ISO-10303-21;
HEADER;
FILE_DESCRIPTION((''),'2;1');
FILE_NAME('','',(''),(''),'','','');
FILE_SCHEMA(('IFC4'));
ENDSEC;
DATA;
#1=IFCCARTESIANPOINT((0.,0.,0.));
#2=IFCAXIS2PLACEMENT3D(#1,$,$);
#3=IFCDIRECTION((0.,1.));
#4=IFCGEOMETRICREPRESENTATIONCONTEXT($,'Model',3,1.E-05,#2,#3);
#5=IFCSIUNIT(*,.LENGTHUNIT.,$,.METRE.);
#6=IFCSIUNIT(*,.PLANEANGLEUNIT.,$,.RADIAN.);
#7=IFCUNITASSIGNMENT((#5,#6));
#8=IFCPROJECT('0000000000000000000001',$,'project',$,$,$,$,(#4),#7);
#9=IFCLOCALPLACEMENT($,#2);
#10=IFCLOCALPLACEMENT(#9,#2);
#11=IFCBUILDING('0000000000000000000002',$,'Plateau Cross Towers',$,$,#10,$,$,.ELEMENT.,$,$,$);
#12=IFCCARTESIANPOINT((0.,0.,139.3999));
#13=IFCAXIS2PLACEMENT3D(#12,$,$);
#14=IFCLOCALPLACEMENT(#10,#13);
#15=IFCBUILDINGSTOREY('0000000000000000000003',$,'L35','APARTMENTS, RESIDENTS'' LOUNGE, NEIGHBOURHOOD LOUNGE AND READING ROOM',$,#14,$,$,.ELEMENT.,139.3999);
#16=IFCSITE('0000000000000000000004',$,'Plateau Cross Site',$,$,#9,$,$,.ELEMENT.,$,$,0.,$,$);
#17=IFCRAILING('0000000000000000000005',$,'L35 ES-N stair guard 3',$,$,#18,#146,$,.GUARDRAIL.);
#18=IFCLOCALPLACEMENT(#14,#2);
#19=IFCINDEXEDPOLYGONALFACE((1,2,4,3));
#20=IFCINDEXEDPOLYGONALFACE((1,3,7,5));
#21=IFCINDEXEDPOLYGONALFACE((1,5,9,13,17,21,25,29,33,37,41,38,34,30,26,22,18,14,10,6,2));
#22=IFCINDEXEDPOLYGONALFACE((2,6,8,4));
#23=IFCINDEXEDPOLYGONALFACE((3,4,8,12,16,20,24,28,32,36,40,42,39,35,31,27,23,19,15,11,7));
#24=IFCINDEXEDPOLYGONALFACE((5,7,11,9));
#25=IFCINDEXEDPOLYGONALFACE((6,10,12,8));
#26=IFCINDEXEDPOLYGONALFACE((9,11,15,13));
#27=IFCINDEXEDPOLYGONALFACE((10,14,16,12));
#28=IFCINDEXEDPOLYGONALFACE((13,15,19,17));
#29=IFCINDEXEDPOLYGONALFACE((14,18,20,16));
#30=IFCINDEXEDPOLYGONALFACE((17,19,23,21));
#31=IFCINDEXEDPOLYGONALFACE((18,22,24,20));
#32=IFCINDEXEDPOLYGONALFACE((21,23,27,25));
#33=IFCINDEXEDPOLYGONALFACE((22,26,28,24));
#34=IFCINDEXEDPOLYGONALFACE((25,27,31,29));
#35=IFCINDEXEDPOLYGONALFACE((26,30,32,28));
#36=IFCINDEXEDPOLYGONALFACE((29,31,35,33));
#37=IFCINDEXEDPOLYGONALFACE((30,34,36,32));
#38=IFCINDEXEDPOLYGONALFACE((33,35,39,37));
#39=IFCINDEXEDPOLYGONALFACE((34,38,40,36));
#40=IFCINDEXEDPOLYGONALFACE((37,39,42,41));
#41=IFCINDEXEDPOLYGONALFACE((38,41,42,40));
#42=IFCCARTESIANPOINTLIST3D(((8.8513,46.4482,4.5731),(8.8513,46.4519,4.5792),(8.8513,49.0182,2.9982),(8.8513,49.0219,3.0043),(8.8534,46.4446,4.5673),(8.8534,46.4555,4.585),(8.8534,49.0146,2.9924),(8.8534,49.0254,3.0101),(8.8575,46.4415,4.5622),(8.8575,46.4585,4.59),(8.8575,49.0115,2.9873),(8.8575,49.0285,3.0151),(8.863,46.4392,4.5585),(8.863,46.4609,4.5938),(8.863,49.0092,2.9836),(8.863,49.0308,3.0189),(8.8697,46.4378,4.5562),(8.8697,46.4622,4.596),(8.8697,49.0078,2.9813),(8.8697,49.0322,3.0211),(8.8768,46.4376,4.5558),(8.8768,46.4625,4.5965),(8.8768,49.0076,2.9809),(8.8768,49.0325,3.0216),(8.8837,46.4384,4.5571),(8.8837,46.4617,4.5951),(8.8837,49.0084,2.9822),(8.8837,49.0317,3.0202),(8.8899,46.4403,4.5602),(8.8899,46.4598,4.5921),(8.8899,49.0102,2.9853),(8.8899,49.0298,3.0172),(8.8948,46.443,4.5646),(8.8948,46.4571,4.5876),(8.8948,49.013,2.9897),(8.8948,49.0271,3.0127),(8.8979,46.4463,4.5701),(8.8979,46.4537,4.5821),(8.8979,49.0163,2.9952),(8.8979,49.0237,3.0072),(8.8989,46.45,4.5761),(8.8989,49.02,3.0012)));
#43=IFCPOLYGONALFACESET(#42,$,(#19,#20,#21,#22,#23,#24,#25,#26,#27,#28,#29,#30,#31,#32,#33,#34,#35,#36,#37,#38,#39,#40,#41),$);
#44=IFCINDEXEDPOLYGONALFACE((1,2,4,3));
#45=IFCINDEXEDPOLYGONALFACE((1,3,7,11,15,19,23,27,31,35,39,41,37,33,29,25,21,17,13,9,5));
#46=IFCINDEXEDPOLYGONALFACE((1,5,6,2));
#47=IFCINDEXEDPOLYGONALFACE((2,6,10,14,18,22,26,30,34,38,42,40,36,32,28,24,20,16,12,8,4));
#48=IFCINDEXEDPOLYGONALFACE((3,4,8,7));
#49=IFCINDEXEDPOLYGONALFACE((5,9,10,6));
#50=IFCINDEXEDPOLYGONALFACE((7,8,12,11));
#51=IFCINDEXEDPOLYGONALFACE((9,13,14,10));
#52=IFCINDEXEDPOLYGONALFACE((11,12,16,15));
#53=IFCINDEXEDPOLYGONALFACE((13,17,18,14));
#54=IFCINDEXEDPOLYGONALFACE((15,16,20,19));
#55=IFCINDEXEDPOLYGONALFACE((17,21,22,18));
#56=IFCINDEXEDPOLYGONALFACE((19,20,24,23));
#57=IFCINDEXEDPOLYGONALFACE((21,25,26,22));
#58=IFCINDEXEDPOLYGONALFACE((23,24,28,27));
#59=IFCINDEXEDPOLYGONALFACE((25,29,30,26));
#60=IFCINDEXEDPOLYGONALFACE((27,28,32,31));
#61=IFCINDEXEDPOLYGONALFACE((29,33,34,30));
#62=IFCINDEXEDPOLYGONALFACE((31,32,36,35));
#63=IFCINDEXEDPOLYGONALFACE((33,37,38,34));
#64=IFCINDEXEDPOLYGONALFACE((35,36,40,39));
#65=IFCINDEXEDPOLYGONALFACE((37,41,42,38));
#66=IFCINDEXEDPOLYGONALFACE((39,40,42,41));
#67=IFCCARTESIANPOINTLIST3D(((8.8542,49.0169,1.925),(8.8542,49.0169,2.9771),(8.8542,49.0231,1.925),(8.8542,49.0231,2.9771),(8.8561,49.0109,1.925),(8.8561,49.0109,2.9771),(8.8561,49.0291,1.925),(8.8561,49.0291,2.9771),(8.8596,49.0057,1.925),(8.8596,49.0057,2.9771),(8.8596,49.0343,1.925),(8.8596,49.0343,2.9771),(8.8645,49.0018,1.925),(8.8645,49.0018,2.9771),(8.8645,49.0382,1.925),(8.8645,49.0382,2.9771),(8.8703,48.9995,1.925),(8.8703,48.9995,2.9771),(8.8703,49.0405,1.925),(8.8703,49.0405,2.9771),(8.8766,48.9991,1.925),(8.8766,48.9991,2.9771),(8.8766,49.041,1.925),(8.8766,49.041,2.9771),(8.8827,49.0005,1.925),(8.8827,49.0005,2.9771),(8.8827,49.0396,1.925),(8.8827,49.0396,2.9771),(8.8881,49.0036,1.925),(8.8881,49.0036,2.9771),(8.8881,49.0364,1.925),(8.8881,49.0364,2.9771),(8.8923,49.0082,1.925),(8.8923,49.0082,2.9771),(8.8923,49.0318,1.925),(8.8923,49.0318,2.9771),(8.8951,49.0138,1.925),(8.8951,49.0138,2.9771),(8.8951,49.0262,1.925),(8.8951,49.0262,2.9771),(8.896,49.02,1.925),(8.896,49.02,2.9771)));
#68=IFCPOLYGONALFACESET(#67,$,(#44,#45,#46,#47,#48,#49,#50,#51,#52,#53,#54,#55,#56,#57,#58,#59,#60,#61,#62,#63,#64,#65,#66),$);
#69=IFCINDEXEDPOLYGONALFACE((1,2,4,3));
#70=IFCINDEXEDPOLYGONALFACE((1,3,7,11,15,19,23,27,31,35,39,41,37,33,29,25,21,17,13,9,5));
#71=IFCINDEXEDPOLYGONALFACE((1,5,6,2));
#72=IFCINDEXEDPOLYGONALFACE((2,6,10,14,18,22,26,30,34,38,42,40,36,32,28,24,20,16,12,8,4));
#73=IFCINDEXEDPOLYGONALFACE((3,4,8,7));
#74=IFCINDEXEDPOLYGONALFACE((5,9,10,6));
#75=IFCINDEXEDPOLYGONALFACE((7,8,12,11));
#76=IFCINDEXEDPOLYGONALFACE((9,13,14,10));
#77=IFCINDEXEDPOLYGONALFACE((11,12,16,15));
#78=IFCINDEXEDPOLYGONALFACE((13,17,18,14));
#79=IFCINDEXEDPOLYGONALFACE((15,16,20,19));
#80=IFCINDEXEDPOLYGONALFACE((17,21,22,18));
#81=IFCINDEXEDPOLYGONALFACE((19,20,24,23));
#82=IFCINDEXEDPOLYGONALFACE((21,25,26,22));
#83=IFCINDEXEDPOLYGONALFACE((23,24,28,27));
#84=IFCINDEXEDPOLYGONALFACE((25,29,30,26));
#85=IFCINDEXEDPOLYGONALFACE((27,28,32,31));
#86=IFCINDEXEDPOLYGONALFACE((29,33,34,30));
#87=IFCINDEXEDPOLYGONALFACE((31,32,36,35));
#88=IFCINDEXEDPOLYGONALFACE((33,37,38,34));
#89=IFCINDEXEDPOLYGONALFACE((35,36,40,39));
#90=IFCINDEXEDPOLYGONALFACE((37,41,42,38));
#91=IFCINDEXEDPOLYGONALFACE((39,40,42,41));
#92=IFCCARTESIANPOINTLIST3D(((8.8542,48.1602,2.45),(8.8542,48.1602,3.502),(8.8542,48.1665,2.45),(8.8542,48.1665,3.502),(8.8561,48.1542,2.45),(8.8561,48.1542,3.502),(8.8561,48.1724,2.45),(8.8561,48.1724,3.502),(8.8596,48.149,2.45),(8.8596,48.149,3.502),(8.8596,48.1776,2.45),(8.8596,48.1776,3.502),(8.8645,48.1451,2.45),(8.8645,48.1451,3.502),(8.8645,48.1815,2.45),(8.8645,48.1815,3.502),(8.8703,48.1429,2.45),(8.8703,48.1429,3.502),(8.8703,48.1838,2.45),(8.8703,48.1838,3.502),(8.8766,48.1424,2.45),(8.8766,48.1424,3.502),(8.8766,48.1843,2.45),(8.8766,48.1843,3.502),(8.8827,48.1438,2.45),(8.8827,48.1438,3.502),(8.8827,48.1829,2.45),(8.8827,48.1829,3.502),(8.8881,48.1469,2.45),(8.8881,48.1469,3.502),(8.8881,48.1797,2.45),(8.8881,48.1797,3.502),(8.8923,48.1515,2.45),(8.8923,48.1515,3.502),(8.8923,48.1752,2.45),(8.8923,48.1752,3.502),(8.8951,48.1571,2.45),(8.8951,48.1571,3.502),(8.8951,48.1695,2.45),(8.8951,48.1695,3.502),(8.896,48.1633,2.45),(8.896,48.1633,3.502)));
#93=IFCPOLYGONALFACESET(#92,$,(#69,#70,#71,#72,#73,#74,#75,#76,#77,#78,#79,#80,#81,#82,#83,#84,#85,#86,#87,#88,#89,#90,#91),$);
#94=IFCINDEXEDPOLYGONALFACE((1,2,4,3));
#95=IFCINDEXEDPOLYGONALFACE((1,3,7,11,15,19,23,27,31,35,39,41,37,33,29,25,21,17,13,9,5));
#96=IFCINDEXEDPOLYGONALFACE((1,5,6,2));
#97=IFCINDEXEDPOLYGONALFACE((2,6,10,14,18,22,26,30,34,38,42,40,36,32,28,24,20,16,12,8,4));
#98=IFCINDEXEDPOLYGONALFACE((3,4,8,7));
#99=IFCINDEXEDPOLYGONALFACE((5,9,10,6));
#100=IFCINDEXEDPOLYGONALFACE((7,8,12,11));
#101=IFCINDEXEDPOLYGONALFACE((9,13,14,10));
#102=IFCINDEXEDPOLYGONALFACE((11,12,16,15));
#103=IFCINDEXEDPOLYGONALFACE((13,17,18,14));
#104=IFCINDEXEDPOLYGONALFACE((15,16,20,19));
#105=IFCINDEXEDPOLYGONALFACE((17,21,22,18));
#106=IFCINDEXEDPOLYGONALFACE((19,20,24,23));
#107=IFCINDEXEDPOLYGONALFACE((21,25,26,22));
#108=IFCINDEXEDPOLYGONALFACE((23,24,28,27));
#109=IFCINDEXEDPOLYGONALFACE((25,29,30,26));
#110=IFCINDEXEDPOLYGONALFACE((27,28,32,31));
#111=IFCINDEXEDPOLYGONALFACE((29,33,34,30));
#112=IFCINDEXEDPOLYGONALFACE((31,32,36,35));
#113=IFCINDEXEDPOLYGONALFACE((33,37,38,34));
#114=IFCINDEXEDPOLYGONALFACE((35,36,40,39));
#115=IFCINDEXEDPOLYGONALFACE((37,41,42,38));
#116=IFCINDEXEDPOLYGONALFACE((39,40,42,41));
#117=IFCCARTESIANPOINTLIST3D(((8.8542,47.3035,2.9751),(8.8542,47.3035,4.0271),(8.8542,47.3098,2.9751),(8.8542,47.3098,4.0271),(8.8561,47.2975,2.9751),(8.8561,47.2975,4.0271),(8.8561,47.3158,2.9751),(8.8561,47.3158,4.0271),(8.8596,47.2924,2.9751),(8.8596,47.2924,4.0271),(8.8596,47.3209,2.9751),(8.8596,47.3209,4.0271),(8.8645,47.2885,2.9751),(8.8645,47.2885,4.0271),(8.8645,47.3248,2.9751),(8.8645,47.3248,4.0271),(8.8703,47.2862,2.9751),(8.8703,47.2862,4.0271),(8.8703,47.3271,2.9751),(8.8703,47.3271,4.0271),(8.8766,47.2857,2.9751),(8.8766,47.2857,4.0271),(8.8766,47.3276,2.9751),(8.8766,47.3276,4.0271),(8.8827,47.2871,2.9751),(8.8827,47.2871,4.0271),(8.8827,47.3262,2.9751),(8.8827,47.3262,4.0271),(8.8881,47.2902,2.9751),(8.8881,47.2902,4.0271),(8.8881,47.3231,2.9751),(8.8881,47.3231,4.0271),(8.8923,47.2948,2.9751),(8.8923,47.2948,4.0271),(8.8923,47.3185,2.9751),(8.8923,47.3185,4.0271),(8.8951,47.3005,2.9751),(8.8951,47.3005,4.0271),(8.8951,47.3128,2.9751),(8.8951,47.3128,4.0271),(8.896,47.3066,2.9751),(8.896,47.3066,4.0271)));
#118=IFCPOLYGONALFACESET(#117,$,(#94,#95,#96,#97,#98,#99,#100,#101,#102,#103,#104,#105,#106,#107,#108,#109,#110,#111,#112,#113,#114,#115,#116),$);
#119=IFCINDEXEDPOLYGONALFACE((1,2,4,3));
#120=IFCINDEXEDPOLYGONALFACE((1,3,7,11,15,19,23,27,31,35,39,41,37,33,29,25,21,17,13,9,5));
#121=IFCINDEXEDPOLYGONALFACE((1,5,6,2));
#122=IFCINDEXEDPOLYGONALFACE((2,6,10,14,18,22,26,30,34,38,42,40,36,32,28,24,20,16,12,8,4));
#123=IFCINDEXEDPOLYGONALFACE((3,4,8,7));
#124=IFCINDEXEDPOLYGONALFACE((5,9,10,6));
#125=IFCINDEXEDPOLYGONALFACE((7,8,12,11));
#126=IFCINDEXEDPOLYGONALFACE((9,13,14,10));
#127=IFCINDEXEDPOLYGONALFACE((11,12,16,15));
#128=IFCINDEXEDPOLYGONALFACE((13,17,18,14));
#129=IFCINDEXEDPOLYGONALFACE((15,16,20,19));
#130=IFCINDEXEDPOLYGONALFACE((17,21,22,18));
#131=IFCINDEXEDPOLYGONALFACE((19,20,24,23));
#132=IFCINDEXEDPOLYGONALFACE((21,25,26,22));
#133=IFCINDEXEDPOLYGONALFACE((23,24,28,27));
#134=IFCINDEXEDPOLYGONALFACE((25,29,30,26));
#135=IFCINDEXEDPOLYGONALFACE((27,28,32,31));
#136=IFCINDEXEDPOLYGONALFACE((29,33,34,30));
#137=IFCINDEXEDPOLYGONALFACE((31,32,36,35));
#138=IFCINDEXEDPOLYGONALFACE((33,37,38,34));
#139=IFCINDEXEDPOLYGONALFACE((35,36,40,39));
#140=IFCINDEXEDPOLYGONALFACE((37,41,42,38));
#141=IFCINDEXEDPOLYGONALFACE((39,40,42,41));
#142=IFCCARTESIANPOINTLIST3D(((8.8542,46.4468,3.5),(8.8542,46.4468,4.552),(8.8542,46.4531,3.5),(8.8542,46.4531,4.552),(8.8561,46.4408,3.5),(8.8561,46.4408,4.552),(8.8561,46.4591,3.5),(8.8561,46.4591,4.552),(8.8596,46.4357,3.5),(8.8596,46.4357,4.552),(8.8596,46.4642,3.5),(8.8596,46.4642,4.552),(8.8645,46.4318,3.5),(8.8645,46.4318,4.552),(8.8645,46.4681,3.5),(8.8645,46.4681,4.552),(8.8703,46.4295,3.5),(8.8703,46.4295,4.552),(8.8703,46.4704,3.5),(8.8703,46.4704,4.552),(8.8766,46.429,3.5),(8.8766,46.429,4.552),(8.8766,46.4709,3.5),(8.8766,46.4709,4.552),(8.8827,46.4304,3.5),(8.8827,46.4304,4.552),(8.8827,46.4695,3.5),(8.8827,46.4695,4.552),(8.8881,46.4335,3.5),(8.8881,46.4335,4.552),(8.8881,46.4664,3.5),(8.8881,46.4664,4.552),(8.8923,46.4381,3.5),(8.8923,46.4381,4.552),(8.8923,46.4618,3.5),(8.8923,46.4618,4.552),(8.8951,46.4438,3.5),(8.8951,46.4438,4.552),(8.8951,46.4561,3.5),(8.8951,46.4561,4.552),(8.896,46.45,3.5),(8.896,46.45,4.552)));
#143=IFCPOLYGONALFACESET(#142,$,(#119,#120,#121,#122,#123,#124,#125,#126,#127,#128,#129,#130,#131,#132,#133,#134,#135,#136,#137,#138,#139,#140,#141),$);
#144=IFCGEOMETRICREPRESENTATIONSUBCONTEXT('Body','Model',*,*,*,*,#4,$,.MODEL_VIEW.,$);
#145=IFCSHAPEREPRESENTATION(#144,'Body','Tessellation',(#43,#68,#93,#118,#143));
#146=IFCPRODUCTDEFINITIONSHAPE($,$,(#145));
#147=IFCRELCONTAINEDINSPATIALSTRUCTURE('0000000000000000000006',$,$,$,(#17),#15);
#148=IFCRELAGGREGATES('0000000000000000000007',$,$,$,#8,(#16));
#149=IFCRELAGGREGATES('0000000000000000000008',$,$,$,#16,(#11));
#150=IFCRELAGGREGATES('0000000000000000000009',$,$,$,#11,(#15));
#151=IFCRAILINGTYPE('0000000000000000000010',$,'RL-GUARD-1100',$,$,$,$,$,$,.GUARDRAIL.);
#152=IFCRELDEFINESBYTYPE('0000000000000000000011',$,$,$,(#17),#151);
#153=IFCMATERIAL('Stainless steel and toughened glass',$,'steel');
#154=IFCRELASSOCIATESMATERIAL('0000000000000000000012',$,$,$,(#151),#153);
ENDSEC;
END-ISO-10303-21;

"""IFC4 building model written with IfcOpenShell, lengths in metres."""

from ifc_helpers import new_model, si_unit, direction, frame, origin, origin_2d, place, context, subcontext, project, spatial, circle, extrude, material, type_object, element, save


model = new_model("IFC4")

# Units and contexts
model_context = context("Model", 3, precision=1e-05, world=origin(), true_north=direction((0.0, 1.0)))
body_context = subcontext(model_context, "Body", "Model", "MODEL_VIEW")
ifc_project = project(units=[si_unit("LENGTHUNIT", "METRE"), si_unit("PLANEANGLEUNIT", "RADIAN")], contexts=[model_context])

# Site, building, storey
site_placement = place(None, origin())
site = spatial("IfcSite", under=ifc_project, at=site_placement, Name="Plateau Cross Site", CompositionType="ELEMENT", RefElevation=0.0)
building_placement = place(site_placement, origin())
building = spatial("IfcBuilding", under=site, at=building_placement, Name="Plateau Cross Towers", CompositionType="ELEMENT")
storey_placement = place(building_placement, frame((0.0, 0.0, 139.3999)))
storey = spatial("IfcBuildingStorey", under=building, at=storey_placement, Name="L35", Description="APARTMENTS, RESIDENTS' LOUNGE, NEIGHBOURHOOD LOUNGE AND READING ROOM", CompositionType="ELEMENT", Elevation=139.3999)

# Railing
ifc_material_1 = material(Name="Stainless steel and toughened glass", Category="steel")
railing_type_1 = type_object("IfcRailingType", Name="RL-GUARD-1100", PredefinedType="GUARDRAIL", material=ifc_material_1)
railing_1_placement = place(storey_placement, frame((8.875, 49.02, 1.925)))
element("IfcRailing", 1, at=railing_1_placement, inside=storey, type_object=railing_type_1, Name="L35 ES-N stair guard 3", PredefinedType="GUARDRAIL", context=body_context, shape_type="SweptSolid", body=[
    extrude(circle(Radius=0.0239, at=origin_2d()), frame((0.0, 0.0, 1.0762), z_axis=(0.0, -0.852639, 0.522501), x_axis=(1.0, 0.0, 0.0)), (0.0, 0.0, 1.0), 3.0142),
    extrude(circle(Radius=0.021, at=origin_2d()), origin(), (0.0, 0.0, 1.0), 1.052),
    extrude(circle(Radius=0.021, at=origin_2d()), frame((0.0, -0.8567, 0.5249)), (0.0, 0.0, 1.0), 1.052),
    extrude(circle(Radius=0.021, at=origin_2d()), frame((0.0, -1.7134, 1.05)), (0.0, 0.0, 1.0), 1.052),
    extrude(circle(Radius=0.021, at=origin_2d()), frame((0.0, -2.5701, 1.575)), (0.0, 0.0, 1.0), 1.052),
])

save(model, "model.ifc")
